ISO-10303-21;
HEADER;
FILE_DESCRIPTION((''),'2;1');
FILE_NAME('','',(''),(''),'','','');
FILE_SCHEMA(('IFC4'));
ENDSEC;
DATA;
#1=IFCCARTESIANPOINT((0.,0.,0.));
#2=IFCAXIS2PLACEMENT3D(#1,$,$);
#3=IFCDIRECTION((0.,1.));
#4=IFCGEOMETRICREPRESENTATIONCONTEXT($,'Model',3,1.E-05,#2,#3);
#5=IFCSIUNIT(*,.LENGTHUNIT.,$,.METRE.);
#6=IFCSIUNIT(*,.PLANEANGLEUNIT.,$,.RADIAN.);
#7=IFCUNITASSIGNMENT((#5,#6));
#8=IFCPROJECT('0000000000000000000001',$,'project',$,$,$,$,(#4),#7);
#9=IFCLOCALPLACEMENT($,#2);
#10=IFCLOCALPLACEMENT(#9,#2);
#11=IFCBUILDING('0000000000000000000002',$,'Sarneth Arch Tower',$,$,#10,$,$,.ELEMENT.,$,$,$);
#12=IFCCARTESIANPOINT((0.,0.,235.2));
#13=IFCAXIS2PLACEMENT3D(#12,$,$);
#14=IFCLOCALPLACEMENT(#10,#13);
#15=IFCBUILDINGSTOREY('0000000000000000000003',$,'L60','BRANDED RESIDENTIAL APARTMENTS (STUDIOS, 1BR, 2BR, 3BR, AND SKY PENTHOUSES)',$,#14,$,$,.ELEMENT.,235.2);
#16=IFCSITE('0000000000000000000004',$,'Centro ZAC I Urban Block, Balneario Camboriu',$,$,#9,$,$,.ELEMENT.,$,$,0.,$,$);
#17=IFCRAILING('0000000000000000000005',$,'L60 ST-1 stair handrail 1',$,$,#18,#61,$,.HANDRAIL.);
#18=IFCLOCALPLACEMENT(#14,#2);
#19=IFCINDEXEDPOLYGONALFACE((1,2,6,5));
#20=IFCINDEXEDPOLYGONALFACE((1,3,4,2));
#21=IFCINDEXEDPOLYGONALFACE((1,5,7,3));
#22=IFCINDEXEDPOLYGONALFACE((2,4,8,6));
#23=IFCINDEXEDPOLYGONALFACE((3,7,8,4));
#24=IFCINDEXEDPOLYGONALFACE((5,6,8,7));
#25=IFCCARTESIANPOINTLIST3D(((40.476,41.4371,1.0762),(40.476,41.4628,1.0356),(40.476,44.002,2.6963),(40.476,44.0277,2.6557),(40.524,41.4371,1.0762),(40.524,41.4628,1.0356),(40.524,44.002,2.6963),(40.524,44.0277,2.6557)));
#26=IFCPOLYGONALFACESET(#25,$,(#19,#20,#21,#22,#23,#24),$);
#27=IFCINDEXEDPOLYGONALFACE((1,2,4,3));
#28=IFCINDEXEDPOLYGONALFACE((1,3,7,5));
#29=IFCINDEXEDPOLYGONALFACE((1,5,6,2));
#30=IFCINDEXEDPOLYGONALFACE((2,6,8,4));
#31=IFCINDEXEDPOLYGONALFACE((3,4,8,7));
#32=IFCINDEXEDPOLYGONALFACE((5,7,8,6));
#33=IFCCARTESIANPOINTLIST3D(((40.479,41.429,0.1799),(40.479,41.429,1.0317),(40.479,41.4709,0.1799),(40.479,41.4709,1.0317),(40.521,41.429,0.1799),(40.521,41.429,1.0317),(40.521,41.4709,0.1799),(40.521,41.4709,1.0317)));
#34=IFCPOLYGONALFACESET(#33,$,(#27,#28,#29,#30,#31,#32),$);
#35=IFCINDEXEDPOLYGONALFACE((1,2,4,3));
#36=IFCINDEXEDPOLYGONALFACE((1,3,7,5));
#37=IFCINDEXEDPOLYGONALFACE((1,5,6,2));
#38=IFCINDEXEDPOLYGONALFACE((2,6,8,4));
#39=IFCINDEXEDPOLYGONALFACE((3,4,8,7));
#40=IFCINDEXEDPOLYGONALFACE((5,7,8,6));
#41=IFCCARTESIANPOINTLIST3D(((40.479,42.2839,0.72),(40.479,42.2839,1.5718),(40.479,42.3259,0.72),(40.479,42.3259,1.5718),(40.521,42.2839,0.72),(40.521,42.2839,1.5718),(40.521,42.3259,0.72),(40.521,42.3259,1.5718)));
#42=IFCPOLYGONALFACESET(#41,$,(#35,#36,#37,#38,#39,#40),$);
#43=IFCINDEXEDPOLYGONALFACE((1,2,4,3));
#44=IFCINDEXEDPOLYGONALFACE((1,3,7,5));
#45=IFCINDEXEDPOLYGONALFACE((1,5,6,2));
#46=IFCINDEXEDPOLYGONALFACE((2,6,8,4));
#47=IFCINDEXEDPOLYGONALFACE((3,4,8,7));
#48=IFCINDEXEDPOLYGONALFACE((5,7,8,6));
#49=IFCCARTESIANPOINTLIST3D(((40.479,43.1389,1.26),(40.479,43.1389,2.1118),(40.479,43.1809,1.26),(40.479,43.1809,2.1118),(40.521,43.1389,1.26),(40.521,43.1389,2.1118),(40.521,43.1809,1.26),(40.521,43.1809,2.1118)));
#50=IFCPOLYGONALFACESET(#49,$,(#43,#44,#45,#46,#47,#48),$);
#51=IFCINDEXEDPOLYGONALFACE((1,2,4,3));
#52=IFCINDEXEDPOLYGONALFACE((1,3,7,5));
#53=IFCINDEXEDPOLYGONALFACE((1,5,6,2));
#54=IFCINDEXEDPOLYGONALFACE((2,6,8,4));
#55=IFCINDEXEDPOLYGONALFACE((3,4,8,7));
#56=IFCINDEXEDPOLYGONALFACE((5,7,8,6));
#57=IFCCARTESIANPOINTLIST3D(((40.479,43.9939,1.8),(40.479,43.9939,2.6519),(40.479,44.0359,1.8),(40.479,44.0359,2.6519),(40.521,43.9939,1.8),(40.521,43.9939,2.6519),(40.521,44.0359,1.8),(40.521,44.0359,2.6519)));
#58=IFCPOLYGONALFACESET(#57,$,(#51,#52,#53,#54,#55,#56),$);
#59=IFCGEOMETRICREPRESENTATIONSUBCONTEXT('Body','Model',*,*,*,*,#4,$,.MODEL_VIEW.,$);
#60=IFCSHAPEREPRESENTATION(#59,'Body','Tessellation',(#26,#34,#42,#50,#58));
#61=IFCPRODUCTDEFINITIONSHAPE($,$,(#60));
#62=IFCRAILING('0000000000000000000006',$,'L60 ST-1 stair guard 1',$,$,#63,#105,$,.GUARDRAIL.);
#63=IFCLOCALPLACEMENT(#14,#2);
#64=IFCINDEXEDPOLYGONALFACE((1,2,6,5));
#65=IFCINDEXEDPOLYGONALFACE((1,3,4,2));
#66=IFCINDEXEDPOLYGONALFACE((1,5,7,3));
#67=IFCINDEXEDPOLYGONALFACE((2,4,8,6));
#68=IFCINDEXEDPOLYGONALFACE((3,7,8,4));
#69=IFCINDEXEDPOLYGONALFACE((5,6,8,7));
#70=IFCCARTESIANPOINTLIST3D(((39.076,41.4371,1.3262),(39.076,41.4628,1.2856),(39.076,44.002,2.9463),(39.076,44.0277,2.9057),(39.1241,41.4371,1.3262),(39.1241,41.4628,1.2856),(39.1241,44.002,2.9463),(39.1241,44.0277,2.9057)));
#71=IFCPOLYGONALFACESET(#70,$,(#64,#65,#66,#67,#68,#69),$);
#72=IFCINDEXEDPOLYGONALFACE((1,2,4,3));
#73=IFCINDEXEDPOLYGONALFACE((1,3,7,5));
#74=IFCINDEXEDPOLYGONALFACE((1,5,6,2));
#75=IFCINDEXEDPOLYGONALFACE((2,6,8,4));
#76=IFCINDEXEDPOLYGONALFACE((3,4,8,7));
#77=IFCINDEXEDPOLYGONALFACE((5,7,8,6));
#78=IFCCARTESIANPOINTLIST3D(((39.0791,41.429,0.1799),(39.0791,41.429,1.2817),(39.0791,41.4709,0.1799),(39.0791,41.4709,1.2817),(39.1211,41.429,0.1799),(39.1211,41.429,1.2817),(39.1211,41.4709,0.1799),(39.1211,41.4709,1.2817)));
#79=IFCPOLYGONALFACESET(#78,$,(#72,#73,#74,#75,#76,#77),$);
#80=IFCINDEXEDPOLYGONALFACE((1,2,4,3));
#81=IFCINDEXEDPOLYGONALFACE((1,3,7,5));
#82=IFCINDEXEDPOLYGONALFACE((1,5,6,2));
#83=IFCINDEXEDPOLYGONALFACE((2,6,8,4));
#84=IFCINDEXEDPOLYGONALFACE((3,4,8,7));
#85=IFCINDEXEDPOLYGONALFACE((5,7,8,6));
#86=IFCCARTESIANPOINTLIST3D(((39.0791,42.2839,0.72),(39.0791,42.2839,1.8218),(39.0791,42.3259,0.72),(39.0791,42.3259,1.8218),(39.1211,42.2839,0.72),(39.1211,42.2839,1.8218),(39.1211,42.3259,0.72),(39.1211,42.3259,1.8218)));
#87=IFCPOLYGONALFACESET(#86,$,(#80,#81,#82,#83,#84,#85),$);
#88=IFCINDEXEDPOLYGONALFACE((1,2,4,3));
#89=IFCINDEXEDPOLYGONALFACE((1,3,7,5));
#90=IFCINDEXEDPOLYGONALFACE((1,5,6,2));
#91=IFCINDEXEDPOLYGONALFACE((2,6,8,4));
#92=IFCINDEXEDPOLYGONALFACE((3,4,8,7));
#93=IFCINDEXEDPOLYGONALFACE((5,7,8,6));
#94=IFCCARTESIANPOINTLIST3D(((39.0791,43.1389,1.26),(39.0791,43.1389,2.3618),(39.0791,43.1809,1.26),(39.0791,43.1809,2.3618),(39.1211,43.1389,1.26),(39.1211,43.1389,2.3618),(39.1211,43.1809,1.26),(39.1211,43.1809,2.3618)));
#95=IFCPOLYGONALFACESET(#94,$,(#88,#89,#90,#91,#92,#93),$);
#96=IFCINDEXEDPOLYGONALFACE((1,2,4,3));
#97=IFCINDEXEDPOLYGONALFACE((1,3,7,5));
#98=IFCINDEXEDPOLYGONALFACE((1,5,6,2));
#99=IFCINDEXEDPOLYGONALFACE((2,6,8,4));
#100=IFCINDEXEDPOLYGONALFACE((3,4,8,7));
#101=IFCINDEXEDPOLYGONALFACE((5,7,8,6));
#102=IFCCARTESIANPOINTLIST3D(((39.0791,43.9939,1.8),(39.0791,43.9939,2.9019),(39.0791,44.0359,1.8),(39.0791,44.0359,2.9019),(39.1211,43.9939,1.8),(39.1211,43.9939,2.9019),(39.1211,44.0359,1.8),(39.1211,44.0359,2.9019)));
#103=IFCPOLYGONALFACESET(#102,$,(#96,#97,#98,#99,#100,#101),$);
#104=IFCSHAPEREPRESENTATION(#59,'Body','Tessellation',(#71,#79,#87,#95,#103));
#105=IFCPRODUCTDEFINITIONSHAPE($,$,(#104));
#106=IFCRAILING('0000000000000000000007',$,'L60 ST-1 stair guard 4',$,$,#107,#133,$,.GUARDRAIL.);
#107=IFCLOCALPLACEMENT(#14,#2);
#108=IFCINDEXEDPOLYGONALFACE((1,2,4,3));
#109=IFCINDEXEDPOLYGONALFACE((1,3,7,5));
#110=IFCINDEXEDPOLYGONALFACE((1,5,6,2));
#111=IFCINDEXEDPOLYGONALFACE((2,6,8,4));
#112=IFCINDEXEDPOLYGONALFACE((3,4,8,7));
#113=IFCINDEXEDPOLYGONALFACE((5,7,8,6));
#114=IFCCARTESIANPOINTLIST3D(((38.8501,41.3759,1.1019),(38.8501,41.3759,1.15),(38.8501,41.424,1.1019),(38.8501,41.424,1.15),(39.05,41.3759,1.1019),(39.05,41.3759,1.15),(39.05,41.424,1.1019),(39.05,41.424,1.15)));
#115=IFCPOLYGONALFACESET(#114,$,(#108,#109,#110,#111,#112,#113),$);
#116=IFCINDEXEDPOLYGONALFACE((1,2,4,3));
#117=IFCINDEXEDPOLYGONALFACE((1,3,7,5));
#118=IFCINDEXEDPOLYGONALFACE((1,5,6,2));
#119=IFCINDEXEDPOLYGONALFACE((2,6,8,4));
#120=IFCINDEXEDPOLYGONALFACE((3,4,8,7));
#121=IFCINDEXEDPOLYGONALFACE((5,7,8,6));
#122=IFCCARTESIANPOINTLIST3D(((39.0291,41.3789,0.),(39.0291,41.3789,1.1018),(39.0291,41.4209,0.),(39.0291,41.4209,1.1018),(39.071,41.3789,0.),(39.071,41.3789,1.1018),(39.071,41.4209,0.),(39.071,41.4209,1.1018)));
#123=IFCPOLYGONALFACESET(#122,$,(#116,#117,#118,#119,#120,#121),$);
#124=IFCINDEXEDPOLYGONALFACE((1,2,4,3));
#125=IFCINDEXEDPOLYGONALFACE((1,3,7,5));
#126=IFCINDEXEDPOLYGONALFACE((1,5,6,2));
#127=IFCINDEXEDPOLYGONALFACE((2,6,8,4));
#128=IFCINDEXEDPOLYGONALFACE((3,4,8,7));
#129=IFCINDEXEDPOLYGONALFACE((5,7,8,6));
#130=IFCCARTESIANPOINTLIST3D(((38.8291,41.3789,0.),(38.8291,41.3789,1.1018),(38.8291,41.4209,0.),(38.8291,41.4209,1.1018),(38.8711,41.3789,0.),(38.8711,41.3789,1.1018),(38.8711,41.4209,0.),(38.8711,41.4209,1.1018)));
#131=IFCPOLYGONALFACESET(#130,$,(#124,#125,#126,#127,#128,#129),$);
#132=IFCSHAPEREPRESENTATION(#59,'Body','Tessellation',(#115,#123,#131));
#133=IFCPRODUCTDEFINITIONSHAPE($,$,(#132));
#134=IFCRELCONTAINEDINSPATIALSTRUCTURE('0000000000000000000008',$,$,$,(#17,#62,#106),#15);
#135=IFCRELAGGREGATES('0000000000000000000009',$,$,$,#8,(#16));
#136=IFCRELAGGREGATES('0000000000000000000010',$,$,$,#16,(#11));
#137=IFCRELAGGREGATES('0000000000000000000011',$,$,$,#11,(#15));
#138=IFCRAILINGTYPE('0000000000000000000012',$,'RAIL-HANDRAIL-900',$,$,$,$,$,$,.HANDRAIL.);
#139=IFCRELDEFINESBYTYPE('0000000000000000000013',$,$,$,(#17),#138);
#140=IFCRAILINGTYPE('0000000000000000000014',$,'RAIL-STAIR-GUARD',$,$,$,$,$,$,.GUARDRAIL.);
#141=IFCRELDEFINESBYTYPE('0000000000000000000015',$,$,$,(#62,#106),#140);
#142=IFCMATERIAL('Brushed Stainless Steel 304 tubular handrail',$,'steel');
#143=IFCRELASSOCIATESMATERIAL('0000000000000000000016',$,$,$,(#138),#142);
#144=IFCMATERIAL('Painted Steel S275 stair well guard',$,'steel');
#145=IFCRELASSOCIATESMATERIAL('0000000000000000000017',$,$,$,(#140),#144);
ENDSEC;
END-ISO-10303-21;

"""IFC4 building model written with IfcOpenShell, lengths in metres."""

from ifc_helpers import new_model, si_unit, direction, frame, origin, origin_2d, place, context, subcontext, project, spatial, rectangle, extrude, material, type_object, element, save


model = new_model("IFC4")

# Units and contexts
model_context = context("Model", 3, precision=1e-05, world=origin(), true_north=direction((0.0, 1.0)))
body_context = subcontext(model_context, "Body", "Model", "MODEL_VIEW")
ifc_project = project(units=[si_unit("LENGTHUNIT", "METRE"), si_unit("PLANEANGLEUNIT", "RADIAN")], contexts=[model_context])

# Site, building, storey
site_placement = place(None, origin())
site = spatial("IfcSite", under=ifc_project, at=site_placement, Name="Centro ZAC I Urban Block, Balneario Camboriu", CompositionType="ELEMENT", RefElevation=0.0)
building_placement = place(site_placement, origin())
building = spatial("IfcBuilding", under=site, at=building_placement, Name="Sarneth Arch Tower", CompositionType="ELEMENT")
storey_placement = place(building_placement, frame((0.0, 0.0, 235.2)))
storey = spatial("IfcBuildingStorey", under=building, at=storey_placement, Name="L60", Description="BRANDED RESIDENTIAL APARTMENTS (STUDIOS, 1BR, 2BR, 3BR, AND SKY PENTHOUSES)", CompositionType="ELEMENT", Elevation=235.2)

# Railings
ifc_material_1 = material(Name="Brushed Stainless Steel 304 tubular handrail", Category="steel")
railing_type_1 = type_object("IfcRailingType", Name="RAIL-HANDRAIL-900", PredefinedType="HANDRAIL", material=ifc_material_1)
railing_1_placement = place(storey_placement, frame((40.5, 41.45, 0.1799)))
element("IfcRailing", 1, at=railing_1_placement, inside=storey, type_object=railing_type_1, Name="L60 ST-1 stair handrail 1", PredefinedType="HANDRAIL", context=body_context, shape_type="SweptSolid", body=[
    extrude(rectangle(XDim=0.0481, YDim=0.0481, at=origin_2d()), frame((0.0, 0.0, 0.876), z_axis=(0.0, 0.845466, 0.534029), x_axis=(-1.0, 0.0, 0.0)), (0.0, 0.0, 1.0), 3.0337),
    extrude(rectangle(XDim=0.042, YDim=0.042, at=origin_2d()), origin(), (0.0, 0.0, 1.0), 0.8518),
    extrude(rectangle(XDim=0.042, YDim=0.042, at=origin_2d()), frame((0.0, 0.855, 0.54)), (0.0, 0.0, 1.0), 0.8518),
    extrude(rectangle(XDim=0.042, YDim=0.042, at=origin_2d()), frame((0.0, 1.71, 1.0801)), (0.0, 0.0, 1.0), 0.8518),
    extrude(rectangle(XDim=0.042, YDim=0.042, at=origin_2d()), frame((0.0, 2.5649, 1.6201)), (0.0, 0.0, 1.0), 0.8518),
])
ifc_material_2 = material(Name="Painted Steel S275 stair well guard", Category="steel")
railing_type_2 = type_object("IfcRailingType", Name="RAIL-STAIR-GUARD", PredefinedType="GUARDRAIL", material=ifc_material_2)
railing_2_placement = place(storey_placement, frame((39.1001, 41.45, 0.1799)))
element("IfcRailing", 2, at=railing_2_placement, inside=storey, type_object=railing_type_2, Name="L60 ST-1 stair guard 1", PredefinedType="GUARDRAIL", context=body_context, shape_type="SweptSolid", body=[
    extrude(rectangle(XDim=0.0481, YDim=0.0481, at=origin_2d()), frame((0.0, 0.0, 1.126), z_axis=(0.0, 0.845466, 0.534029), x_axis=(-1.0, 0.0, 0.0)), (0.0, 0.0, 1.0), 3.0337),
    extrude(rectangle(XDim=0.042, YDim=0.042, at=origin_2d()), origin(), (0.0, 0.0, 1.0), 1.1018),
    extrude(rectangle(XDim=0.042, YDim=0.042, at=origin_2d()), frame((0.0, 0.855, 0.54)), (0.0, 0.0, 1.0), 1.1018),
    extrude(rectangle(XDim=0.042, YDim=0.042, at=origin_2d()), frame((0.0, 1.71, 1.0801)), (0.0, 0.0, 1.0), 1.1018),
    extrude(rectangle(XDim=0.042, YDim=0.042, at=origin_2d()), frame((0.0, 2.5649, 1.6201)), (0.0, 0.0, 1.0), 1.1018),
])
railing_3_placement = place(storey_placement, frame((39.05, 41.3999, 0.0)))
element("IfcRailing", 3, at=railing_3_placement, inside=storey, type_object=railing_type_2, Name="L60 ST-1 stair guard 4", PredefinedType="GUARDRAIL", context=body_context, shape_type="SweptSolid", body=[
    extrude(rectangle(XDim=0.0481, YDim=0.0481, at=origin_2d()), frame((0.0, 0.0, 1.126), z_axis=(-1.0, 0.0, 0.0), x_axis=(0.0, -1.0, 0.0)), (0.0, 0.0, 1.0), 0.2),
    extrude(rectangle(XDim=0.042, YDim=0.042, at=origin_2d()), origin(), (0.0, 0.0, 1.0), 1.1018),
    extrude(rectangle(XDim=0.042, YDim=0.042, at=origin_2d()), frame((-0.2, 0.0, 0.0)), (0.0, 0.0, 1.0), 1.1018),
])

save(model, "model.ifc")
